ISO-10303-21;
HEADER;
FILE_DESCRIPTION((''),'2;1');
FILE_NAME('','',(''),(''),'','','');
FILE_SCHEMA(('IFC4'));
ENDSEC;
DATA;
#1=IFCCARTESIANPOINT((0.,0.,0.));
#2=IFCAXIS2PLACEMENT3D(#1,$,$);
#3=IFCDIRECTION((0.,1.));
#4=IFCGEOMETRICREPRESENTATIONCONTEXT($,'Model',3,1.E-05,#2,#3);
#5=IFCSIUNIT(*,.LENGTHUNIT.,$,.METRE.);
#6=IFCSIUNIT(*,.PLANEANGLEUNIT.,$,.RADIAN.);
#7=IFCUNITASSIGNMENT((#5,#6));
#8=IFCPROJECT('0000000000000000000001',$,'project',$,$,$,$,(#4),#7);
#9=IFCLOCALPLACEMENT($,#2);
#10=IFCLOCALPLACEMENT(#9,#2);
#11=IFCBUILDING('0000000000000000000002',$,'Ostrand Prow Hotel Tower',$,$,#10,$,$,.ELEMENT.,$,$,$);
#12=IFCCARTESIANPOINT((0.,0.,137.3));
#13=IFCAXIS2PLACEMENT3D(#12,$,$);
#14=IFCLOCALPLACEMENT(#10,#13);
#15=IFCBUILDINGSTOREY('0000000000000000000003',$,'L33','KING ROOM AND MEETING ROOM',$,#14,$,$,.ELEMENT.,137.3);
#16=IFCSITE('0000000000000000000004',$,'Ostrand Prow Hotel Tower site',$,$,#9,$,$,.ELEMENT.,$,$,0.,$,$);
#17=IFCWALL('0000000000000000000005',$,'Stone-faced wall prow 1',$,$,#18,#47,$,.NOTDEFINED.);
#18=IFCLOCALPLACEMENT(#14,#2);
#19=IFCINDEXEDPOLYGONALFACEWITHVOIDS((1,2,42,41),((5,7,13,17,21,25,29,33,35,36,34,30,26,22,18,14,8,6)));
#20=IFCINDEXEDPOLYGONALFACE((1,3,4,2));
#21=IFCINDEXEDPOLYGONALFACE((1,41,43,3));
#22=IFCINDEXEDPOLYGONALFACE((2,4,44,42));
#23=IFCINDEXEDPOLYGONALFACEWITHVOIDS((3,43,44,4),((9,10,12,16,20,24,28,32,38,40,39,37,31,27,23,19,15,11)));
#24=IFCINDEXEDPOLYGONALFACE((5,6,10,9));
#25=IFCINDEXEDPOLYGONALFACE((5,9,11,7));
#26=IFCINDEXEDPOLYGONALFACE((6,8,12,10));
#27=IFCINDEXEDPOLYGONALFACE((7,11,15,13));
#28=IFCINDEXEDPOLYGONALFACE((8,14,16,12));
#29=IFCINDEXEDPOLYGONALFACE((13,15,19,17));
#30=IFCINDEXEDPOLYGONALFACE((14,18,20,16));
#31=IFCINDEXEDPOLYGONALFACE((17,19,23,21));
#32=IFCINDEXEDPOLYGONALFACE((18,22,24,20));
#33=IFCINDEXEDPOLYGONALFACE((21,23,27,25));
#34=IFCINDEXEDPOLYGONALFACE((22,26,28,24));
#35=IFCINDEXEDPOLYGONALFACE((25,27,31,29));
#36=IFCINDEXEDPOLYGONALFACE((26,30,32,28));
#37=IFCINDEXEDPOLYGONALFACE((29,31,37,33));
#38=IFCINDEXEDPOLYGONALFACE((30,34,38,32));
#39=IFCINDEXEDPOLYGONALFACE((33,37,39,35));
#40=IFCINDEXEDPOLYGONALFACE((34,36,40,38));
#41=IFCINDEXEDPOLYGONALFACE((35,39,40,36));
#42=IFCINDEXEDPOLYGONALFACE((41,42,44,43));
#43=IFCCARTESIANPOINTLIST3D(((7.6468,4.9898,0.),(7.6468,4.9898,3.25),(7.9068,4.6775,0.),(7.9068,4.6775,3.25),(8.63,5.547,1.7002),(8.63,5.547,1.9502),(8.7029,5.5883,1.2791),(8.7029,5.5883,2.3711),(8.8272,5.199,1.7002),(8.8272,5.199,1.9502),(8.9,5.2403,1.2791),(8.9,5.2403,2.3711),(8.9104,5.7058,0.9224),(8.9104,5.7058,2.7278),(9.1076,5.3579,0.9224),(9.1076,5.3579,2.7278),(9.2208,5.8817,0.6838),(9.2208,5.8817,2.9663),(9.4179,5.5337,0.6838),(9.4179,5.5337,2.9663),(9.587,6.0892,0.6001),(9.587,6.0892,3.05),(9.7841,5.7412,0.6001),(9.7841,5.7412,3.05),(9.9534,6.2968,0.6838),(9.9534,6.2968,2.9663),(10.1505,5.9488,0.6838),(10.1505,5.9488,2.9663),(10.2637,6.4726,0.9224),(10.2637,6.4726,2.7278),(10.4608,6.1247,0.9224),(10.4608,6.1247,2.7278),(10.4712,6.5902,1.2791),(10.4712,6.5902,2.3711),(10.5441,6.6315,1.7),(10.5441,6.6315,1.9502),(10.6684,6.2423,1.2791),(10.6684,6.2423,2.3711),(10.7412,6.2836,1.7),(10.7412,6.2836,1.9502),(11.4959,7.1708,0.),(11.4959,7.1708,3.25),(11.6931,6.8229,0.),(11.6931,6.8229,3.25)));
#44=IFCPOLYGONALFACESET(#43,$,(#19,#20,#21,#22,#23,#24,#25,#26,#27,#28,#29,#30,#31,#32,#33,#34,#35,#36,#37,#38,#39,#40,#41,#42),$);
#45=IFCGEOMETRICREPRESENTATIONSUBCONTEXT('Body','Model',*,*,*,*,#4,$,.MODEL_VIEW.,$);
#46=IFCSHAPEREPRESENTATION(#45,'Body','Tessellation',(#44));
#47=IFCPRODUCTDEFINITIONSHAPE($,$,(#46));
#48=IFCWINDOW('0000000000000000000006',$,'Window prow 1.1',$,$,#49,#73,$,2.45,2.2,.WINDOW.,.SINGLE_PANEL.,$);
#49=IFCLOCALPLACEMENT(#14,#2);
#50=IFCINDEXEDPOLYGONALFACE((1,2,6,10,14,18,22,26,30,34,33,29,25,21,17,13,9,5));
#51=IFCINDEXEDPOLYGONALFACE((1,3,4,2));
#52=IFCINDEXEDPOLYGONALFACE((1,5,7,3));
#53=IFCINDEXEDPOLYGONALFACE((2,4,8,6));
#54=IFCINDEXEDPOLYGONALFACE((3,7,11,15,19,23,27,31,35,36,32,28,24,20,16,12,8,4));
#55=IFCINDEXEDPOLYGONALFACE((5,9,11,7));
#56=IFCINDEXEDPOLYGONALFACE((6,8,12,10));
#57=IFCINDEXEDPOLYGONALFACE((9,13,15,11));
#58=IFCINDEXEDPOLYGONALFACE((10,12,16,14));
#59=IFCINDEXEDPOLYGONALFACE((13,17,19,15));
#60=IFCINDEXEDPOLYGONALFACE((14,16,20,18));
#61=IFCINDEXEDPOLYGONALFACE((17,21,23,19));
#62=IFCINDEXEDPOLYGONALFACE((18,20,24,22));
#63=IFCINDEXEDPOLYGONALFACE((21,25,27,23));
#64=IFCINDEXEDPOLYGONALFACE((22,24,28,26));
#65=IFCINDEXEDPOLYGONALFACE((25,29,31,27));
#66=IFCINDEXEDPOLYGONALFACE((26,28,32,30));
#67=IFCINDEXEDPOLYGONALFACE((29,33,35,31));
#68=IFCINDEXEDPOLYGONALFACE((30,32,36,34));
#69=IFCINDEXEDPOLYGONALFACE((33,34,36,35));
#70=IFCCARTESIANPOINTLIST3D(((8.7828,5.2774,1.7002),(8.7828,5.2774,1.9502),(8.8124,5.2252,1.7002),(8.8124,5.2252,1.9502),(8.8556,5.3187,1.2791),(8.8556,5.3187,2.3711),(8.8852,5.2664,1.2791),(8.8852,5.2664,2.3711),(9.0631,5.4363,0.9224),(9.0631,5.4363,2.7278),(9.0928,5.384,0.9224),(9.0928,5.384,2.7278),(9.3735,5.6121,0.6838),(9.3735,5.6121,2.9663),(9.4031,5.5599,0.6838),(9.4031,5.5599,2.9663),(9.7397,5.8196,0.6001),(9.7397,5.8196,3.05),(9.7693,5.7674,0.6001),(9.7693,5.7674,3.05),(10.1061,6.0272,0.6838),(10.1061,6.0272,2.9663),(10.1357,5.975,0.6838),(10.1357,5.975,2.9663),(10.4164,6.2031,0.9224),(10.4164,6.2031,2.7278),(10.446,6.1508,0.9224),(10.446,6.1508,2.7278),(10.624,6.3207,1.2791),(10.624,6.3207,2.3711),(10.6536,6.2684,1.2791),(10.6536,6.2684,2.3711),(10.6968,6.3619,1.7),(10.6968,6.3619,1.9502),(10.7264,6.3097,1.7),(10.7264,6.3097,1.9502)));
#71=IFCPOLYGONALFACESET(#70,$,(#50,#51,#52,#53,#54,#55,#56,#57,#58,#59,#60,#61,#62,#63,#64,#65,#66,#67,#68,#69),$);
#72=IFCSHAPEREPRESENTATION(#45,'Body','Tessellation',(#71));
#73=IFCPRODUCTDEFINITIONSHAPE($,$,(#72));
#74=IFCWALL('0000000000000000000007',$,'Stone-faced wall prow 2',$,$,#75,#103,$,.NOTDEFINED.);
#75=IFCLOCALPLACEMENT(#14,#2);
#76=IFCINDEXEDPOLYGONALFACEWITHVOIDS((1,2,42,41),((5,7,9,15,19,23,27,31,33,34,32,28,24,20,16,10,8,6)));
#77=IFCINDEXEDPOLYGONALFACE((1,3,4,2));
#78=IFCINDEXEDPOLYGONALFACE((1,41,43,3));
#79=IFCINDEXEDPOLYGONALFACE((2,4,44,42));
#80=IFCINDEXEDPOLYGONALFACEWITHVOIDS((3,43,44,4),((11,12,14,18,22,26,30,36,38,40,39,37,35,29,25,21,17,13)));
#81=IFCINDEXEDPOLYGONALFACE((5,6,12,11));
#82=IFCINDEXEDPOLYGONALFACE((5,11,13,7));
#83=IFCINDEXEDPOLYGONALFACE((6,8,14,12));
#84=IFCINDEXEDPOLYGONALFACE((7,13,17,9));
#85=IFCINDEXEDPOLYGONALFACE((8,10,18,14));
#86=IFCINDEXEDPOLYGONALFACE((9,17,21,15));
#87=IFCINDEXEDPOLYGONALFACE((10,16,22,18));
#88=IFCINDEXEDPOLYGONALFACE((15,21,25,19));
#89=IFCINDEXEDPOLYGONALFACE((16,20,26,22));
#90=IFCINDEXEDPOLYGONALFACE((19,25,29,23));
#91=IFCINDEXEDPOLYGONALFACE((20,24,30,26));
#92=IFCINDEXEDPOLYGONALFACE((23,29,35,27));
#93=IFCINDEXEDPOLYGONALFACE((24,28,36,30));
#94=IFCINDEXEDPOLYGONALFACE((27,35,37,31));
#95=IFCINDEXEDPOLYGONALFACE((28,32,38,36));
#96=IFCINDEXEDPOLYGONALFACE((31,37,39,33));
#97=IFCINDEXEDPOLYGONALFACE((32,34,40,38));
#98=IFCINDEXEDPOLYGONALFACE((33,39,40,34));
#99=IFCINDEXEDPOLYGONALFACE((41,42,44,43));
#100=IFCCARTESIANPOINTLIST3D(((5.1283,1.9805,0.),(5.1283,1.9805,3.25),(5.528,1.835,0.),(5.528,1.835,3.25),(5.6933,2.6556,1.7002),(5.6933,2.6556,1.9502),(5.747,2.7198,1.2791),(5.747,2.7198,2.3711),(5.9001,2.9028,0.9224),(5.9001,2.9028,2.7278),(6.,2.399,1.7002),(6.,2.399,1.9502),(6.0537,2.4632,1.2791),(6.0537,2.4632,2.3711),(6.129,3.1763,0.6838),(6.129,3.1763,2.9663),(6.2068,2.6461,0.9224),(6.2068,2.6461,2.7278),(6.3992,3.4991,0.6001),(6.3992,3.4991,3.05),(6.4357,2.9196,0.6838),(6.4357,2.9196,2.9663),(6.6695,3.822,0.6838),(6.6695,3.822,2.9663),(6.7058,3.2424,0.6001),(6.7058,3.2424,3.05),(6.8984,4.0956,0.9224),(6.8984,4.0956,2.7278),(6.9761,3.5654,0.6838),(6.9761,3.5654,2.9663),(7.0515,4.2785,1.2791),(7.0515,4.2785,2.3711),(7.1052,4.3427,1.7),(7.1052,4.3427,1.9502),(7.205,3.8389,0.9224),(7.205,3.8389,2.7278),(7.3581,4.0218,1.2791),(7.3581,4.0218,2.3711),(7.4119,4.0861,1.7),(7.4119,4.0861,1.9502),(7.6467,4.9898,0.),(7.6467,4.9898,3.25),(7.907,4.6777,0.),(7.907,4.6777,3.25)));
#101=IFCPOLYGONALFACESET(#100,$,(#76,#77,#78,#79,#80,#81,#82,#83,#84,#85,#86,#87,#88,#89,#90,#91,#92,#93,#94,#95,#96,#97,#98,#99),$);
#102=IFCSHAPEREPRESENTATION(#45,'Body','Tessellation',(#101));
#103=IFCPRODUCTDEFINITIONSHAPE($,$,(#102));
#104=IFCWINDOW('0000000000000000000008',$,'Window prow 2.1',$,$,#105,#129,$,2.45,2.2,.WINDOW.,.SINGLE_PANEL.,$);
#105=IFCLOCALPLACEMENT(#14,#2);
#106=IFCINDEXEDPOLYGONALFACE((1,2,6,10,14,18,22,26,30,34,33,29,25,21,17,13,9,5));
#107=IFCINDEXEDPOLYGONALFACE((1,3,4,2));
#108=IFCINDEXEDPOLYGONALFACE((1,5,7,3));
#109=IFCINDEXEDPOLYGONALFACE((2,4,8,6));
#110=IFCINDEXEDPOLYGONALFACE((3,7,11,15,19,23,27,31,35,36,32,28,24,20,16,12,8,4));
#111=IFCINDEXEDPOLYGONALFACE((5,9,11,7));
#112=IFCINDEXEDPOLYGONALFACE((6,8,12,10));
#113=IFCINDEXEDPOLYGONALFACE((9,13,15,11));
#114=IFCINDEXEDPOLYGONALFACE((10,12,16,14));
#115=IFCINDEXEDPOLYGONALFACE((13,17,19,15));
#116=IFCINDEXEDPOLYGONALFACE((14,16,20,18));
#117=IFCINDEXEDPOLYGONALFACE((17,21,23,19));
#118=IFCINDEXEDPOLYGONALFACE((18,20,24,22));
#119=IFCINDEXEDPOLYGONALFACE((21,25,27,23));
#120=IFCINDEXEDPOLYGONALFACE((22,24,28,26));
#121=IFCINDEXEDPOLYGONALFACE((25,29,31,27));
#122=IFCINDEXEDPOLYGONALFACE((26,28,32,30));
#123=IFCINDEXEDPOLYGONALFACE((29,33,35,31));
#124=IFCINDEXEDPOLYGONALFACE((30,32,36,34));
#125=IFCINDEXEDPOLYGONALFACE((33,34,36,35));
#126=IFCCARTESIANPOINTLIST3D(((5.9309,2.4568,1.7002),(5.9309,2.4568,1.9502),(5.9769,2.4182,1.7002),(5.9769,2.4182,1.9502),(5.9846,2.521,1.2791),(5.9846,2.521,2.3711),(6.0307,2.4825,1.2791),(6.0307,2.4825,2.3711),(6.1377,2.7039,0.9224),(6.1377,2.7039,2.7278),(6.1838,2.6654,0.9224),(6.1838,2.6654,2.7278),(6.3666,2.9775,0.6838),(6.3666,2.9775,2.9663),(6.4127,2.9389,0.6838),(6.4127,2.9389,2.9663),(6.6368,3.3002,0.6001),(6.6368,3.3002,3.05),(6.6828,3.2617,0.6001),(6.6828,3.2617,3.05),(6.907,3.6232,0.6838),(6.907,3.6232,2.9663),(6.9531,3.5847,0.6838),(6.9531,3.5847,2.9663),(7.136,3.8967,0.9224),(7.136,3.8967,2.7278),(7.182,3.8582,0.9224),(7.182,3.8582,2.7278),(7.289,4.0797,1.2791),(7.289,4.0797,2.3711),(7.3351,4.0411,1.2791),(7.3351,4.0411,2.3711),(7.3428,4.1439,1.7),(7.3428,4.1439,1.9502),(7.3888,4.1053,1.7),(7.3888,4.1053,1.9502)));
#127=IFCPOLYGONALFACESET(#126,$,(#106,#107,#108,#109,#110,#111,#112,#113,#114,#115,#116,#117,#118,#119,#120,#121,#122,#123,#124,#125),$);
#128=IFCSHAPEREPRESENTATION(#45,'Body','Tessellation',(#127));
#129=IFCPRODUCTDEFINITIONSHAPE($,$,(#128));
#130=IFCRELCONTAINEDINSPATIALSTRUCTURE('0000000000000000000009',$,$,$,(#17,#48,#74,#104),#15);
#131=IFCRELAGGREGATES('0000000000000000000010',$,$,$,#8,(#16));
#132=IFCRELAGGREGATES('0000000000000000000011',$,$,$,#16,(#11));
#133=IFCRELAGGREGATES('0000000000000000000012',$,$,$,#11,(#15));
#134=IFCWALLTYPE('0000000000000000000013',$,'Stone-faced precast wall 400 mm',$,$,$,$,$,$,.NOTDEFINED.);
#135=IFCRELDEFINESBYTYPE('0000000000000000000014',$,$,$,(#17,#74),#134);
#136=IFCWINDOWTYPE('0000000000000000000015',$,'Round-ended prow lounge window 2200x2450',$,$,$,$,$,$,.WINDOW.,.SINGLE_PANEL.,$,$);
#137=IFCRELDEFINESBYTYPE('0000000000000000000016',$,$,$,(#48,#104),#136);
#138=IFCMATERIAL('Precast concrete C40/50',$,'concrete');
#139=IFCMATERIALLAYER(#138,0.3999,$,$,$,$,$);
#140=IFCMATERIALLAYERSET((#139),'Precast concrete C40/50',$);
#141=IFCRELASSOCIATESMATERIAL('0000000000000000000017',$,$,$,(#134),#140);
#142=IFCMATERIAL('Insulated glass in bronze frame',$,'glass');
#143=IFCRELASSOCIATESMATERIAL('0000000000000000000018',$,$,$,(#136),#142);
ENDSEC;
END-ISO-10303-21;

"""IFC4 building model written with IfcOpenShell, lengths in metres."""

from ifc_helpers import new_model, si_unit, direction, frame, origin, place, context, subcontext, project, spatial, polyline, outline, extrude, material, layer, layer_set, type_object, element, fill, save


model = new_model("IFC4")

# Units and contexts
model_context = context("Model", 3, precision=1e-05, world=origin(), true_north=direction((0.0, 1.0)))
body_context = subcontext(model_context, "Body", "Model", "MODEL_VIEW")
ifc_project = project(units=[si_unit("LENGTHUNIT", "METRE"), si_unit("PLANEANGLEUNIT", "RADIAN")], contexts=[model_context])

# Site, building, storey
site_placement = place(None, origin())
site = spatial("IfcSite", under=ifc_project, at=site_placement, Name="Ostrand Prow Hotel Tower site", CompositionType="ELEMENT", RefElevation=0.0)
building_placement = place(site_placement, origin())
building = spatial("IfcBuilding", under=site, at=building_placement, Name="Ostrand Prow Hotel Tower", CompositionType="ELEMENT")
storey_placement = place(building_placement, frame((0.0, 0.0, 137.3)))
storey = spatial("IfcBuildingStorey", under=building, at=storey_placement, Name="L33", Description="KING ROOM AND MEETING ROOM", CompositionType="ELEMENT", Elevation=137.3)

# Walls, openings, windows
ifc_material_1 = material(Name="Precast concrete C40/50", Category="concrete")
ifc_layer_1 = layer(ifc_material_1, 0.3999)
ifc_layer_set_1 = layer_set([ifc_layer_1], Name="Precast concrete C40/50")
wall_type_1 = type_object("IfcWallType", Name="Stone-faced precast wall 400 mm", PredefinedType="NOTDEFINED", material=ifc_layer_set_1)
wall_1_placement = place(storey_placement, frame((11.5945, 6.9968, 0.0), z_axis=(0.0, 0.0, 1.0), x_axis=(-0.870045, -0.492972, 0.0)))
wall_1 = element("IfcWall", 1, at=wall_1_placement, inside=storey, type_object=wall_type_1, Name="Stone-faced wall prow 1", PredefinedType="NOTDEFINED", context=body_context, shape_type="SweptSolid", body=[
    extrude(outline(polyline([(0.0, -0.2), (4.4241, -0.2), (4.3518, 0.2), (0.0, 0.2), (0.0, -0.2)])), origin(), (0.0, 0.0, 1.0), 3.25),
])
opening_1_placement = place(wall_1_placement, frame((1.094, 0.0, 0.6001)))
opening_1 = element("IfcOpeningElement", 2, at=opening_1_placement, cuts=wall_1, PredefinedType="OPENING", context=body_context, shape_type="SweptSolid", body=[
    extrude(outline(polyline([(0.0, 1.3501), (0.0837, 1.771), (0.3223, 2.1277), (0.679, 2.3662), (1.1001, 2.45), (1.521, 2.3662), (1.8777, 2.1277), (2.1162, 1.771), (2.2, 1.3501), (2.2, 1.1001), (2.1162, 0.679), (1.8777, 0.3223), (1.521, 0.0837), (1.1001, 0.0), (0.679, 0.0837), (0.3223, 0.3223), (0.0837, 0.679), (0.0, 1.0999), (0.0, 1.3501)])), frame((0.0, 0.21, 0.0), z_axis=(0.0, -1.0, 0.0), x_axis=(1.0, 0.0, 0.0)), (0.0, 0.0, 1.0), 0.4199),
])
ifc_material_2 = material(Name="Insulated glass in bronze frame", Category="glass")
window_type = type_object("IfcWindowType", Name="Round-ended prow lounge window 2200x2450", PartitioningType="SINGLE_PANEL", PredefinedType="WINDOW", material=ifc_material_2)
window_1_placement = place(opening_1_placement, origin())
window_1 = element("IfcWindow", 3, at=window_1_placement, inside=storey, type_object=window_type, Name="Window prow 1.1", OverallHeight=2.45, OverallWidth=2.2, PartitioningType="SINGLE_PANEL", PredefinedType="WINDOW", context=body_context, shape_type="SweptSolid", body=[
    extrude(outline(polyline([(0.0, 1.3501), (0.0837, 1.771), (0.3223, 2.1277), (0.679, 2.3662), (1.1001, 2.45), (1.521, 2.3662), (1.8777, 2.1277), (2.1162, 1.771), (2.2, 1.3501), (2.2, 1.1001), (2.1162, 0.679), (1.8777, 0.3223), (1.521, 0.0837), (1.1001, 0.0), (0.679, 0.0837), (0.3223, 0.3223), (0.0837, 0.679), (0.0, 1.0999), (0.0, 1.3501)])), frame((0.0, 0.1699, 0.0), z_axis=(0.0, -1.0, 0.0), x_axis=(1.0, 0.0, 0.0)), (0.0, 0.0, 1.0), 0.0601),
])
fill(opening_1, window_1)
wall_2_placement = place(storey_placement, frame((7.7769, 4.8337, 0.0), z_axis=(0.0, 0.0, 1.0), x_axis=(-0.641788, -0.766882, 0.0)))
wall_2 = element("IfcWall", 4, at=wall_2_placement, inside=storey, type_object=wall_type_1, Name="Stone-faced wall prow 2", PredefinedType="NOTDEFINED", context=body_context, shape_type="SweptSolid", body=[
    extrude(outline(polyline([(-0.0361, -0.2), (3.8879, -0.2), (3.7429, 0.2), (0.0361, 0.2), (-0.0361, -0.2)])), origin(), (0.0, 0.0, 1.0), 3.25),
])
opening_2_placement = place(wall_2_placement, frame((0.8076, 0.0, 0.6001)))
opening_2 = element("IfcOpeningElement", 5, at=opening_2_placement, cuts=wall_2, PredefinedType="OPENING", context=body_context, shape_type="SweptSolid", body=[
    extrude(outline(polyline([(0.0, 1.3501), (0.0837, 1.771), (0.3223, 2.1277), (0.679, 2.3662), (1.1001, 2.45), (1.521, 2.3662), (1.8777, 2.1277), (2.1162, 1.771), (2.2, 1.3501), (2.2, 1.1001), (2.1162, 0.679), (1.8777, 0.3223), (1.521, 0.0837), (1.1001, 0.0), (0.679, 0.0837), (0.3223, 0.3223), (0.0837, 0.679), (0.0, 1.0999), (0.0, 1.3501)])), frame((0.0, 0.21, 0.0), z_axis=(0.0, -1.0, 0.0), x_axis=(1.0, 0.0, 0.0)), (0.0, 0.0, 1.0), 0.4199),
])
window_2_placement = place(opening_2_placement, origin())
window_2 = element("IfcWindow", 6, at=window_2_placement, inside=storey, type_object=window_type, Name="Window prow 2.1", OverallHeight=2.45, OverallWidth=2.2, PartitioningType="SINGLE_PANEL", PredefinedType="WINDOW", context=body_context, shape_type="SweptSolid", body=[
    extrude(outline(polyline([(0.0, 1.3501), (0.0837, 1.771), (0.3223, 2.1277), (0.679, 2.3662), (1.1001, 2.45), (1.521, 2.3662), (1.8777, 2.1277), (2.1162, 1.771), (2.2, 1.3501), (2.2, 1.1001), (2.1162, 0.679), (1.8777, 0.3223), (1.521, 0.0837), (1.1001, 0.0), (0.679, 0.0837), (0.3223, 0.3223), (0.0837, 0.679), (0.0, 1.0999), (0.0, 1.3501)])), frame((0.0, 0.1699, 0.0), z_axis=(0.0, -1.0, 0.0), x_axis=(1.0, 0.0, 0.0)), (0.0, 0.0, 1.0), 0.0601),
])
fill(opening_2, window_2)

save(model, "model.ifc")
